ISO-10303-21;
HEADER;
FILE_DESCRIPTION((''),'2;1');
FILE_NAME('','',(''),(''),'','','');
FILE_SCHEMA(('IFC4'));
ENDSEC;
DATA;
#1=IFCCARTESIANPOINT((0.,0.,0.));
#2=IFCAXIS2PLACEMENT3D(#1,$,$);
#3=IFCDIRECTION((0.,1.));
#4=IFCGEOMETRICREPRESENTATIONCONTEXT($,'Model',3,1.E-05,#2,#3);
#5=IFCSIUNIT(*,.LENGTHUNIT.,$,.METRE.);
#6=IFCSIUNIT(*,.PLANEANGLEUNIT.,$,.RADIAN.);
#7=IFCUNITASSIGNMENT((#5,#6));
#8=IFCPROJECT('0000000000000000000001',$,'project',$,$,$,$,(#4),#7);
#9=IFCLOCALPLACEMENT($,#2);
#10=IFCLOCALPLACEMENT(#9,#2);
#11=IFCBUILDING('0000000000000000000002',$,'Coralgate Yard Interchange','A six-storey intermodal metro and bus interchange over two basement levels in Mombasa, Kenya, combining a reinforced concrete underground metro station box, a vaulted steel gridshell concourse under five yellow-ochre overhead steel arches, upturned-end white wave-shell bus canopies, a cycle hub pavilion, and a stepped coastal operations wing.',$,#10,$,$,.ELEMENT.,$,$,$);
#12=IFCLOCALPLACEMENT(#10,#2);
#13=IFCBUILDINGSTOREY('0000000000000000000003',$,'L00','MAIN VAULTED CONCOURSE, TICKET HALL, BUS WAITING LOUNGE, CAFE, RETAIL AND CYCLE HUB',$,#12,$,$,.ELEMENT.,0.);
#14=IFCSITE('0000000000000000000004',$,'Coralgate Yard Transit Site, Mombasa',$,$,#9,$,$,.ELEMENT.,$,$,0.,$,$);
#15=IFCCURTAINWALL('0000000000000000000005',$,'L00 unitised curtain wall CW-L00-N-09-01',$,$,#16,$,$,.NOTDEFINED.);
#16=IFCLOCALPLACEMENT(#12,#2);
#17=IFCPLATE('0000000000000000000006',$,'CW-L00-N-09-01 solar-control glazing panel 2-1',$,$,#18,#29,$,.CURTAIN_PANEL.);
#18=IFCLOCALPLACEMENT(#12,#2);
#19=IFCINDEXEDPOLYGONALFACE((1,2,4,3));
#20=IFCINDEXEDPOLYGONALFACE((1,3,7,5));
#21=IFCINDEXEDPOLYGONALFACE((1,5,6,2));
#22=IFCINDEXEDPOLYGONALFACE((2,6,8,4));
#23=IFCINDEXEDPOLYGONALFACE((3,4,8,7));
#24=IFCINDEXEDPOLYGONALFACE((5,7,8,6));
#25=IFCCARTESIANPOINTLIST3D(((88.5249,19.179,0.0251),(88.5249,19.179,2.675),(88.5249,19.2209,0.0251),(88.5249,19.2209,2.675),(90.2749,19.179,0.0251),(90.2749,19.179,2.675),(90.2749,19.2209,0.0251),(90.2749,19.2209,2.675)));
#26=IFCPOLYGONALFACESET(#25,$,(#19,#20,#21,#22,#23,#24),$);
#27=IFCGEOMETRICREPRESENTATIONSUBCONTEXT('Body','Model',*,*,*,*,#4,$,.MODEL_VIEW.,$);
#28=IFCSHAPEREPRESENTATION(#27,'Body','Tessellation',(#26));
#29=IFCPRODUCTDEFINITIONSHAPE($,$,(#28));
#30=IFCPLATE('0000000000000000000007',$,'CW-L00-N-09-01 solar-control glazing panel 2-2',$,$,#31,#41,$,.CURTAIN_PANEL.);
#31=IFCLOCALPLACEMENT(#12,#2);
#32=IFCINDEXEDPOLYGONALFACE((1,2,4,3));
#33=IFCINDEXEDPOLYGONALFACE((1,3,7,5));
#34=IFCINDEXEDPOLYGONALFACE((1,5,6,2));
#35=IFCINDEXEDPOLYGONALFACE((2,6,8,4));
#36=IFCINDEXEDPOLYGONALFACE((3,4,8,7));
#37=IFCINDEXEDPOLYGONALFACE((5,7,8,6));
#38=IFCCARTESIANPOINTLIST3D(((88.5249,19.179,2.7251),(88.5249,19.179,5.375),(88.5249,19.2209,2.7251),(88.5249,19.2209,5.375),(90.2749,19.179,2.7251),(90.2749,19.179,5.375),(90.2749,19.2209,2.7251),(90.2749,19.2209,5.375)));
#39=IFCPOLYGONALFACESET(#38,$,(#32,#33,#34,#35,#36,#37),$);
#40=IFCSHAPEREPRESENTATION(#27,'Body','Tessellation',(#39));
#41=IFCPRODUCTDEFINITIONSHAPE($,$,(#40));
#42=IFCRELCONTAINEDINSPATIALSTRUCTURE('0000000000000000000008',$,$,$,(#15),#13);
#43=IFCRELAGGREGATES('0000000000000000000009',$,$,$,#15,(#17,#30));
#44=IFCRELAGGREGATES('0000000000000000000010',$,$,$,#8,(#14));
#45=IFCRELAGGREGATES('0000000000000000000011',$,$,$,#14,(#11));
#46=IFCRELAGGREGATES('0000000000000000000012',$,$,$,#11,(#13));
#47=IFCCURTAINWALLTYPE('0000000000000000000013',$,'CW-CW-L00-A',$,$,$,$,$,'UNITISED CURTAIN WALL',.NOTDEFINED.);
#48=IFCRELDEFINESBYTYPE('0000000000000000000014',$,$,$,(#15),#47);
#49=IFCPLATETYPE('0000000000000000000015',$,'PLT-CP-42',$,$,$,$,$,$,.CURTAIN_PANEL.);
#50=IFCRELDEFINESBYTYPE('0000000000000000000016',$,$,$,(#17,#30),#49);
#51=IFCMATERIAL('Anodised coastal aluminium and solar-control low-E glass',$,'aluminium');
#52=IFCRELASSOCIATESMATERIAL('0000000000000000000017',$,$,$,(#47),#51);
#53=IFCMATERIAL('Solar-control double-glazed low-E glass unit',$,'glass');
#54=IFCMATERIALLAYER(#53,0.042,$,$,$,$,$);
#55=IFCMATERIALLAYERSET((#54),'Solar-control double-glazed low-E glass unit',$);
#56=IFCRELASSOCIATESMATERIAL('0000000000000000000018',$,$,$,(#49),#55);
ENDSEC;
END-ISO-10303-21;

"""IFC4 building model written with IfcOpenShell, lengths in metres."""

from ifc_helpers import new_model, si_unit, direction, frame, origin, origin_2d, place, context, subcontext, project, spatial, rectangle, extrude, material, layer, layer_set, type_object, element, aggregate, save


model = new_model("IFC4")

# Units and contexts
model_context = context("Model", 3, precision=1e-05, world=origin(), true_north=direction((0.0, 1.0)))
body_context = subcontext(model_context, "Body", "Model", "MODEL_VIEW")
ifc_project = project(units=[si_unit("LENGTHUNIT", "METRE"), si_unit("PLANEANGLEUNIT", "RADIAN")], contexts=[model_context])

# Site, building, storey
site_placement = place(None, origin())
site = spatial("IfcSite", under=ifc_project, at=site_placement, Name="Coralgate Yard Transit Site, Mombasa", CompositionType="ELEMENT", RefElevation=0.0)
building_placement = place(site_placement, origin())
building = spatial("IfcBuilding", under=site, at=building_placement, Name="Coralgate Yard Interchange", Description="A six-storey intermodal metro and bus interchange over two basement levels in Mombasa, Kenya, combining a reinforced concrete underground metro station box, a vaulted steel gridshell concourse under five yellow-ochre overhead steel arches, upturned-end white wave-shell bus canopies, a cycle hub pavilion, and a stepped coastal operations wing.", CompositionType="ELEMENT")
storey_placement = place(building_placement, origin())
storey = spatial("IfcBuildingStorey", under=building, at=storey_placement, Name="L00", Description="MAIN VAULTED CONCOURSE, TICKET HALL, BUS WAITING LOUNGE, CAFE, RETAIL AND CYCLE HUB", CompositionType="ELEMENT", Elevation=0.0)

# Shared definitions
ifc_material_1 = material(Name="Anodised coastal aluminium and solar-control low-E glass", Category="aluminium")

# Curtain wall
curtain_wall_type_1 = type_object("IfcCurtainWallType", Name="CW-CW-L00-A", ElementType="UNITISED CURTAIN WALL", PredefinedType="NOTDEFINED", material=ifc_material_1)
curtain_wall_1_placement = place(storey_placement, origin())
curtain_wall_1 = element("IfcCurtainWall", 1, at=curtain_wall_1_placement, inside=storey, type_object=curtain_wall_type_1, Name="L00 unitised curtain wall CW-L00-N-09-01", PredefinedType="NOTDEFINED")

# Plates
ifc_material_2 = material(Name="Solar-control double-glazed low-E glass unit", Category="glass")
ifc_layer = layer(ifc_material_2, 0.042)
ifc_layer_set = layer_set([ifc_layer], Name="Solar-control double-glazed low-E glass unit")
plate_type = type_object("IfcPlateType", Name="PLT-CP-42", PredefinedType="CURTAIN_PANEL", material=ifc_layer_set)
plate_1_placement = place(storey_placement, frame((89.3999, 19.2, 0.0251), z_axis=(0.0, 0.0, 1.0), x_axis=(1.0, 0.0, 0.0)))
plate_1 = element("IfcPlate", 2, at=plate_1_placement, type_object=plate_type, Name="CW-L00-N-09-01 solar-control glazing panel 2-1", PredefinedType="CURTAIN_PANEL", context=body_context, shape_type="SweptSolid", body=[
    extrude(rectangle(XDim=1.75, YDim=0.042, at=origin_2d()), origin(), (0.0, 0.0, 1.0), 2.6499),
])
plate_2_placement = place(storey_placement, frame((89.3999, 19.2, 2.7251), z_axis=(0.0, 0.0, 1.0), x_axis=(1.0, 0.0, 0.0)))
plate_2 = element("IfcPlate", 3, at=plate_2_placement, type_object=plate_type, Name="CW-L00-N-09-01 solar-control glazing panel 2-2", PredefinedType="CURTAIN_PANEL", context=body_context, shape_type="SweptSolid", body=[
    extrude(rectangle(XDim=1.75, YDim=0.042, at=origin_2d()), origin(), (0.0, 0.0, 1.0), 2.6499),
])
aggregate(curtain_wall_1, [plate_1, plate_2])

save(model, "model.ifc")
